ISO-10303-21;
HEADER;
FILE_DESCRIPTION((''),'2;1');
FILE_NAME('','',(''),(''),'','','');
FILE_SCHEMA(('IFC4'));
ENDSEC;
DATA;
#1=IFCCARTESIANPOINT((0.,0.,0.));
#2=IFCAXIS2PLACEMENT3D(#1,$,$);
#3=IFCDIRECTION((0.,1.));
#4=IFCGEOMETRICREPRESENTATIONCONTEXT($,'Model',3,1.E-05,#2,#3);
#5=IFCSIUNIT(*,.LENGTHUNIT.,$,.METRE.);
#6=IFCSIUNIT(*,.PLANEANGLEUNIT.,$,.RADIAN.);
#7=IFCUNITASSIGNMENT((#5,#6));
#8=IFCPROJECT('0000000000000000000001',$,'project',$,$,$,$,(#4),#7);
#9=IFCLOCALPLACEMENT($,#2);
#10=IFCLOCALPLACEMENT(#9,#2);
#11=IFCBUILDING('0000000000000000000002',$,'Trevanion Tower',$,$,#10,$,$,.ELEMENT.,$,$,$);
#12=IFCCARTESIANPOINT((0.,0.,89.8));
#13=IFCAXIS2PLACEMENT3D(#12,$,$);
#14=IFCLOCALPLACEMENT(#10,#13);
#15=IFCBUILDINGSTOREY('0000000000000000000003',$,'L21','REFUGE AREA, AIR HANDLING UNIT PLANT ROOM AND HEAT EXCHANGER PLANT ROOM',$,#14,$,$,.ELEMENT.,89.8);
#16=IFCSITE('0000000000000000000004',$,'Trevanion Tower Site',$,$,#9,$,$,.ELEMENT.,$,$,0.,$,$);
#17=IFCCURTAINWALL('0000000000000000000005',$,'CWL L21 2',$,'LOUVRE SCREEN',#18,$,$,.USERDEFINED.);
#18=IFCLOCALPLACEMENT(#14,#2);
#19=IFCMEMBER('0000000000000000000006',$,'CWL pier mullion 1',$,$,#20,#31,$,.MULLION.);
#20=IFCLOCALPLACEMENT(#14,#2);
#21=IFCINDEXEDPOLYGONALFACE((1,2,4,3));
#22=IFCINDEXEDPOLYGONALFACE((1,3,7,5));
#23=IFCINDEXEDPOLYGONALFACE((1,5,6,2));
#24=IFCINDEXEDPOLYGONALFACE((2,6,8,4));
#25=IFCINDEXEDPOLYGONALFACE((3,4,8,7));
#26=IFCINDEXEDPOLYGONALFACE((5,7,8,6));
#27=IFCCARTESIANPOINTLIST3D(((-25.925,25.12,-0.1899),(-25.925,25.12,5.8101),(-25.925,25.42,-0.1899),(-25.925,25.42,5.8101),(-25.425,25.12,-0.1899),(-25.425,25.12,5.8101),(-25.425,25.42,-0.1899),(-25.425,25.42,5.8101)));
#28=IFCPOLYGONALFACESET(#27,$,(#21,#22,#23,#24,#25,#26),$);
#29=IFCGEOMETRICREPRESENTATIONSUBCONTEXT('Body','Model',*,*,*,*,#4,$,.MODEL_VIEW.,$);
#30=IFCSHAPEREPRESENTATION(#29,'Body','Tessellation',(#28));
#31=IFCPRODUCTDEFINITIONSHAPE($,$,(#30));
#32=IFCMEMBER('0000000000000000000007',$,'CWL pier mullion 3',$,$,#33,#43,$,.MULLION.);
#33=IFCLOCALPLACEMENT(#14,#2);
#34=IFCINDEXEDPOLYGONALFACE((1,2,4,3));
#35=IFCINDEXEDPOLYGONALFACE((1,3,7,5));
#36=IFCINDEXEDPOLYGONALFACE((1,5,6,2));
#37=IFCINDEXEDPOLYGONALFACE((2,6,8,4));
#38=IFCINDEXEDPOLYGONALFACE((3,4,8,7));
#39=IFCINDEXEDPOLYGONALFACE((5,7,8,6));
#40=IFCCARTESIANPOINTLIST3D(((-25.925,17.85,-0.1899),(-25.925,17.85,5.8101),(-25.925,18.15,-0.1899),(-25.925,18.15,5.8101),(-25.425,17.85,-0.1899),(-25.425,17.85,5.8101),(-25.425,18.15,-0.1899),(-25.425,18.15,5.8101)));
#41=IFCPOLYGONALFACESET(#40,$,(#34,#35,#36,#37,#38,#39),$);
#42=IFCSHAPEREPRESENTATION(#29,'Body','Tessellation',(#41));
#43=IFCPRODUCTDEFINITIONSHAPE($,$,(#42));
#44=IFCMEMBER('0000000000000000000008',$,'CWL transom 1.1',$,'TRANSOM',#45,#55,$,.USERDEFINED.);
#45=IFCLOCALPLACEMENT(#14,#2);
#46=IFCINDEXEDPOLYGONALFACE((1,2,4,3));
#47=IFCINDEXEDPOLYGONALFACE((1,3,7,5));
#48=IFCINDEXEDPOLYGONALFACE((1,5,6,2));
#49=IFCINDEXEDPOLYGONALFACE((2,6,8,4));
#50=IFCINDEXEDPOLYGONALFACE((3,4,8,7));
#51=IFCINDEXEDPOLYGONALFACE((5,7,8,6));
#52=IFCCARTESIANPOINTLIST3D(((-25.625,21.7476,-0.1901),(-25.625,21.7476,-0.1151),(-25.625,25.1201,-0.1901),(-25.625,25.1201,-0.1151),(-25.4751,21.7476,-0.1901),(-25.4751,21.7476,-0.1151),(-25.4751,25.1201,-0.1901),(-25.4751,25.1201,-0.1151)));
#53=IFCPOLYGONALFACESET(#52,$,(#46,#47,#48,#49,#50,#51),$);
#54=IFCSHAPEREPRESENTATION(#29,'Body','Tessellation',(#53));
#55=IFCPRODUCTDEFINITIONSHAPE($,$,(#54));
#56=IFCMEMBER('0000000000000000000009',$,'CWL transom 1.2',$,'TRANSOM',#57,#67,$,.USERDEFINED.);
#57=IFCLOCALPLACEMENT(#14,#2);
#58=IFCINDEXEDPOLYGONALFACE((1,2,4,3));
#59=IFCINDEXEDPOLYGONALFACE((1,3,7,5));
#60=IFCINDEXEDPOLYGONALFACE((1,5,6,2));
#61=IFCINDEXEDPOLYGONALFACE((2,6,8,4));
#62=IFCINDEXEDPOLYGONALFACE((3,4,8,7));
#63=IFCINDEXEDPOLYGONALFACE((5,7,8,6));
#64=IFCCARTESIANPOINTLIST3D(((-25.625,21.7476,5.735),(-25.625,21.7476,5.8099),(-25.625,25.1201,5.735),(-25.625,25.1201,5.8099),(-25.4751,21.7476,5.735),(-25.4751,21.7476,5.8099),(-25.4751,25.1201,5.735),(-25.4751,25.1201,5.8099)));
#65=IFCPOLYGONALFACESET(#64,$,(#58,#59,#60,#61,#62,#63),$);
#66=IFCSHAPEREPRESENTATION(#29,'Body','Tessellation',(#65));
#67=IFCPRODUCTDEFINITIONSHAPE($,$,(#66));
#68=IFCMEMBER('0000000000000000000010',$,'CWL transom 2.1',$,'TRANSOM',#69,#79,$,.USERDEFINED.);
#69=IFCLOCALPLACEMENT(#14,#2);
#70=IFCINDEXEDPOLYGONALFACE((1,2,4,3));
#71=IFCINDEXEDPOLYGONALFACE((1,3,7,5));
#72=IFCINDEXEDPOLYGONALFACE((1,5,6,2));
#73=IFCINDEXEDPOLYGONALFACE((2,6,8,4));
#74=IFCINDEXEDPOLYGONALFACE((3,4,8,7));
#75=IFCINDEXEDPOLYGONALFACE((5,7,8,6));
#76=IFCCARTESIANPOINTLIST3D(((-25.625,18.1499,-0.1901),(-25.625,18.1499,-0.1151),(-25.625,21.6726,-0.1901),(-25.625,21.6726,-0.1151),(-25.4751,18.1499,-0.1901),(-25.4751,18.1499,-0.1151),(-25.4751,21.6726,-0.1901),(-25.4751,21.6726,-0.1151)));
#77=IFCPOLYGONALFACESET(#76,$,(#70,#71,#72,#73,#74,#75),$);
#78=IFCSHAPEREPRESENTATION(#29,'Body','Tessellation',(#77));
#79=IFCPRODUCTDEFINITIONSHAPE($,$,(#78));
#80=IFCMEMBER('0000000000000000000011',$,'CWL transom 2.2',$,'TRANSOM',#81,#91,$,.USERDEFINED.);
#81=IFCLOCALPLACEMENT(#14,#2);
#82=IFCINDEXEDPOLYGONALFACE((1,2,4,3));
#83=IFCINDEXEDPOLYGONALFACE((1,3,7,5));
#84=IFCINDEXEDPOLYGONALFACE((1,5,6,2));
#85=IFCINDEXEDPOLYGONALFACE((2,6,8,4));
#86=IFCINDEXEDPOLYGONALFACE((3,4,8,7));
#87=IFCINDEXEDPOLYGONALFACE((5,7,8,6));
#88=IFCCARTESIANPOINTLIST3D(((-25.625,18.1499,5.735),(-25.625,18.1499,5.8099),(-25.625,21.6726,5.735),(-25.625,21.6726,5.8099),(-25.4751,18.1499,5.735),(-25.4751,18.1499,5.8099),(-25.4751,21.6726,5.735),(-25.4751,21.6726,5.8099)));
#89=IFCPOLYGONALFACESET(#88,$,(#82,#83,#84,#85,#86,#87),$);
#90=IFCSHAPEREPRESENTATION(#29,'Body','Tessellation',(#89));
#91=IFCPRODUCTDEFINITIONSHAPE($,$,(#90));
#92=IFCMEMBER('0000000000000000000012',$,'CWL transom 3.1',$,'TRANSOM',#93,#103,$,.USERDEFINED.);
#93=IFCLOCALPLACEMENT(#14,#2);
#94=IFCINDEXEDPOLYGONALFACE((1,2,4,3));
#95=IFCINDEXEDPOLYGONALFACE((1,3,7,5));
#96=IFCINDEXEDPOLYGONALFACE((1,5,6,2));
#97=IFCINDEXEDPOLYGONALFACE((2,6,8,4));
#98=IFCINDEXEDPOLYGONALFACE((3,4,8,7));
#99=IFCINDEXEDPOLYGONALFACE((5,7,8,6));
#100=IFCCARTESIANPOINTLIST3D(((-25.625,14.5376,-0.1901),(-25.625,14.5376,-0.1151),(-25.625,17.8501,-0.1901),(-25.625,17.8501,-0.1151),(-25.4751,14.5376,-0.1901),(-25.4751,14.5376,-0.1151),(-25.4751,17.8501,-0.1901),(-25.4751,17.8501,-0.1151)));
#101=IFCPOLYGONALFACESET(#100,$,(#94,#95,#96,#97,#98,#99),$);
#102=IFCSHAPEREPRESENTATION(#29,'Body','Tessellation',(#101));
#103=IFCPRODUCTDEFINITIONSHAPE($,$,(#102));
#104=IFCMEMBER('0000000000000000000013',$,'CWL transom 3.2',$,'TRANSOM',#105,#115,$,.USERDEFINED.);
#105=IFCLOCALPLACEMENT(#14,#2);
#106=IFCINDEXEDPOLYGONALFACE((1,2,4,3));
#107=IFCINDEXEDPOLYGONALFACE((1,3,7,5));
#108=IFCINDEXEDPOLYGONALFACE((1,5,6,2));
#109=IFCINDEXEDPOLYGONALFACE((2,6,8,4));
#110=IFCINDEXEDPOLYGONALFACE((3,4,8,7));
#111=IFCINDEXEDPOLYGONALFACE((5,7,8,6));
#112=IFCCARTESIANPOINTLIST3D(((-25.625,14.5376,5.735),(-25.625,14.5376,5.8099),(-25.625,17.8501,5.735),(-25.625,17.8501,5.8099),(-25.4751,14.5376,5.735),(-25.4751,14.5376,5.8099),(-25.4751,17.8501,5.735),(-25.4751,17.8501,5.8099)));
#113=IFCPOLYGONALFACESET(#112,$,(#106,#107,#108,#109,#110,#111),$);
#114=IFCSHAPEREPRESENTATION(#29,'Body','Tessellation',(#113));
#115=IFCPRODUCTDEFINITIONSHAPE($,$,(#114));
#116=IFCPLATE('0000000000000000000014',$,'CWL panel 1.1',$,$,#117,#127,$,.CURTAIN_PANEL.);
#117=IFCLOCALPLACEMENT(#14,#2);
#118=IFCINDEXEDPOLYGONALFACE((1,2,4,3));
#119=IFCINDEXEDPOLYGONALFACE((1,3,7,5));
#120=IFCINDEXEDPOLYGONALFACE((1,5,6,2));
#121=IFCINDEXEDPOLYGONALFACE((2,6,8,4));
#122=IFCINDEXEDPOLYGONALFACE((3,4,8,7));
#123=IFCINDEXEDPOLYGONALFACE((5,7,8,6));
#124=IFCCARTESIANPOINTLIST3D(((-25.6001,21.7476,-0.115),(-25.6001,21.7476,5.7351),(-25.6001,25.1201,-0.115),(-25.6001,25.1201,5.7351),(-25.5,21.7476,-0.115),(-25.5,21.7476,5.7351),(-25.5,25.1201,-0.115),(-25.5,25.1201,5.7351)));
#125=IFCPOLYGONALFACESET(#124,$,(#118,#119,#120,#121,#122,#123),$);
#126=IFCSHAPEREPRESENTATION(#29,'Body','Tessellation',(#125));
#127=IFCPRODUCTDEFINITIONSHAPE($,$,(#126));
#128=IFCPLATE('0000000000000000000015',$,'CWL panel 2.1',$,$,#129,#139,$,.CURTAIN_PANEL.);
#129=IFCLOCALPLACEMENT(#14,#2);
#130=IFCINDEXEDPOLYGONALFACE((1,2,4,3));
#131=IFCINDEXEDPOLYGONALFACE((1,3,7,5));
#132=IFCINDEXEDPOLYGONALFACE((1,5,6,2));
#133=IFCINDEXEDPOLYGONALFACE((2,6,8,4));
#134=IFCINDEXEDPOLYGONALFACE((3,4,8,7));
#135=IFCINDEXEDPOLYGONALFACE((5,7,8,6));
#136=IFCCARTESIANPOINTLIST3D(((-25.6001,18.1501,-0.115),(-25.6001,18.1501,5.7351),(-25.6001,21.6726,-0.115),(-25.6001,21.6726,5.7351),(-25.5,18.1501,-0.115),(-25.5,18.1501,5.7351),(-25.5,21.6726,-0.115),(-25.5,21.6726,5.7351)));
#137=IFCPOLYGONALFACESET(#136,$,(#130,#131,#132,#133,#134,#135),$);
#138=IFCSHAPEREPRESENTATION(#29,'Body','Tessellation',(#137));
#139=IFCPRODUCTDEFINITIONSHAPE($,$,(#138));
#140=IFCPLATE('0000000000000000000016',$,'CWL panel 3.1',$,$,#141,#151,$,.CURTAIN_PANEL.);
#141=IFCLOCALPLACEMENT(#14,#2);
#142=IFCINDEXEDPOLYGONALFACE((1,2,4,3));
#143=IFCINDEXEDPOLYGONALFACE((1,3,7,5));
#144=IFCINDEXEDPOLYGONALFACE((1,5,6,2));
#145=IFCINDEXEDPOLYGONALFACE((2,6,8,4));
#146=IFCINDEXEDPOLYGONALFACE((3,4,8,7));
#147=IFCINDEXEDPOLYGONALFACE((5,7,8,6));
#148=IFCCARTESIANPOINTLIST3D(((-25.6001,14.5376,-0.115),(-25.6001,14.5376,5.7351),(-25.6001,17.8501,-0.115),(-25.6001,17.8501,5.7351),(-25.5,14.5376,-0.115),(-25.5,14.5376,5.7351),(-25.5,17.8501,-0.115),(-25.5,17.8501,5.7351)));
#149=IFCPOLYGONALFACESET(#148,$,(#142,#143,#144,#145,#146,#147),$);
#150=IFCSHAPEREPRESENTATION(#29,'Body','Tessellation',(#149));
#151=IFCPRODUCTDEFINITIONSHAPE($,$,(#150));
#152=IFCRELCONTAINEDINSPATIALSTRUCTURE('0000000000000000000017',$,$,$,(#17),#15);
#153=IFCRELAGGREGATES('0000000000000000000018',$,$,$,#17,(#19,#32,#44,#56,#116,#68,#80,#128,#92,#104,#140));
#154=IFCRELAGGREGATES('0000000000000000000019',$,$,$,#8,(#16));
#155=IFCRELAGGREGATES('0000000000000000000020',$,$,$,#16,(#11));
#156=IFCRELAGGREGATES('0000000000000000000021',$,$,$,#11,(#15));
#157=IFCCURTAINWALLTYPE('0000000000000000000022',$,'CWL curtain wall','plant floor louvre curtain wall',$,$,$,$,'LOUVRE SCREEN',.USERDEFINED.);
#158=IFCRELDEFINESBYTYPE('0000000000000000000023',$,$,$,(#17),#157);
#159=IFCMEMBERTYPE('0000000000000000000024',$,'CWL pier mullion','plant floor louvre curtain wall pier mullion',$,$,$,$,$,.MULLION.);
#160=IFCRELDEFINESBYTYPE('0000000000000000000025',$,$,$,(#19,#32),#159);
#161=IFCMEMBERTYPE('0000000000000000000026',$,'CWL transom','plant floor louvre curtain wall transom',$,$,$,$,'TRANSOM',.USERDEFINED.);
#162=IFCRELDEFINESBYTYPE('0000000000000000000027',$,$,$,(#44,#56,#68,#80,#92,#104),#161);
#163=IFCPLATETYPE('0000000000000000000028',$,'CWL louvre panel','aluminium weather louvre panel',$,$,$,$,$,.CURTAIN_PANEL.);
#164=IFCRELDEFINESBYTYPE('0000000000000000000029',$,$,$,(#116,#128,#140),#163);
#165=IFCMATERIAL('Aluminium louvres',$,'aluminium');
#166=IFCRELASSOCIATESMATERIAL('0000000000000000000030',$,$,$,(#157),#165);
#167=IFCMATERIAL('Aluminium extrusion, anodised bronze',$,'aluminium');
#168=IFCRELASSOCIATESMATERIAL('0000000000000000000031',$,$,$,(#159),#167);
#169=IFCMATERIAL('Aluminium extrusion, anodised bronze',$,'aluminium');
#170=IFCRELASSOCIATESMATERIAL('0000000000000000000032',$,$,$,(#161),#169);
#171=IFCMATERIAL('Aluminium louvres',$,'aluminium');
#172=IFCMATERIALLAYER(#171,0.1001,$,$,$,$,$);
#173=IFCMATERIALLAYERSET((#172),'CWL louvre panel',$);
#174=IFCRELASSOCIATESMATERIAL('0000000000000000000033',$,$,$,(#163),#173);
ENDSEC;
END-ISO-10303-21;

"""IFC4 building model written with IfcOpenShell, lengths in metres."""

from ifc_helpers import new_model, si_unit, direction, frame, origin, origin_2d, place, context, subcontext, project, spatial, rectangle, extrude, material, layer, layer_set, material_profile, profile_set, type_object, element, aggregate, save


model = new_model("IFC4")

# Units and contexts
model_context = context("Model", 3, precision=1e-05, world=origin(), true_north=direction((0.0, 1.0)))
body_context = subcontext(model_context, "Body", "Model", "MODEL_VIEW")
ifc_project = project(units=[si_unit("LENGTHUNIT", "METRE"), si_unit("PLANEANGLEUNIT", "RADIAN")], contexts=[model_context])

# Site, building, storey
site_placement = place(None, origin())
site = spatial("IfcSite", under=ifc_project, at=site_placement, Name="Trevanion Tower Site", CompositionType="ELEMENT", RefElevation=0.0)
building_placement = place(site_placement, origin())
building = spatial("IfcBuilding", under=site, at=building_placement, Name="Trevanion Tower", CompositionType="ELEMENT")
storey_placement = place(building_placement, frame((0.0, 0.0, 89.8)))
storey = spatial("IfcBuildingStorey", under=building, at=storey_placement, Name="L21", Description="REFUGE AREA, AIR HANDLING UNIT PLANT ROOM AND HEAT EXCHANGER PLANT ROOM", CompositionType="ELEMENT", Elevation=89.8)

# Curtain wall
ifc_material_1 = material(Name="Aluminium louvres", Category="aluminium")
curtain_wall_type = type_object("IfcCurtainWallType", Name="CWL curtain wall", Description="plant floor louvre curtain wall", ElementType="LOUVRE SCREEN", PredefinedType="USERDEFINED", material=ifc_material_1)
curtain_wall_1_placement = place(storey_placement, origin())
curtain_wall_1 = element("IfcCurtainWall", 1, at=curtain_wall_1_placement, inside=storey, type_object=curtain_wall_type, Name="CWL L21 2", ObjectType="LOUVRE SCREEN", PredefinedType="USERDEFINED")
ifc_material_2 = material(Name="Aluminium extrusion, anodised bronze", Category="aluminium")
ifc_material_profile_1 = material_profile(ifc_material_2, rectangle(XDim=0.3, YDim=0.5, at=origin_2d()), Name="CWL pier mullion")
ifc_profile_set_1 = profile_set([ifc_material_profile_1], Name="Aluminium extrusion, anodised bronze")
member_type_1 = type_object("IfcMemberType", Name="CWL pier mullion", Description="plant floor louvre curtain wall pier mullion", PredefinedType="MULLION", material=ifc_profile_set_1)

# Members
member_1_placement = place(storey_placement, frame((-25.675, 25.27, -0.1899), z_axis=(0.0, 0.0, 1.0), x_axis=(0.0, -1.0, 0.0)))
member_1 = element("IfcMember", 2, at=member_1_placement, type_object=member_type_1, Name="CWL pier mullion 1", PredefinedType="MULLION", context=body_context, shape_type="SweptSolid", body=[
    extrude(rectangle(XDim=0.3, YDim=0.5, at=origin_2d()), origin(), (0.0, 0.0, 1.0), 6.0),
])
member_2_placement = place(storey_placement, frame((-25.675, 18.0, -0.1899), z_axis=(0.0, 0.0, 1.0), x_axis=(0.0, -1.0, 0.0)))
member_2 = element("IfcMember", 3, at=member_2_placement, type_object=member_type_1, Name="CWL pier mullion 3", PredefinedType="MULLION", context=body_context, shape_type="SweptSolid", body=[
    extrude(rectangle(XDim=0.3, YDim=0.5, at=origin_2d()), origin(), (0.0, 0.0, 1.0), 6.0),
])
ifc_material_3 = material(Name="Aluminium extrusion, anodised bronze", Category="aluminium")
ifc_material_profile_2 = material_profile(ifc_material_3, rectangle(XDim=0.1499, YDim=0.075, at=origin_2d()), Name="CWL transom")
ifc_profile_set_2 = profile_set([ifc_material_profile_2], Name="Aluminium extrusion, anodised bronze")
member_type_2 = type_object("IfcMemberType", Name="CWL transom", Description="plant floor louvre curtain wall transom", ElementType="TRANSOM", PredefinedType="USERDEFINED", material=ifc_profile_set_2)
member_3_placement = place(storey_placement, frame((-25.55, 25.1201, -0.1526), z_axis=(0.0, -1.0, 0.0), x_axis=(1.0, 0.0, 0.0)))
member_3 = element("IfcMember", 4, at=member_3_placement, type_object=member_type_2, Name="CWL transom 1.1", ObjectType="TRANSOM", PredefinedType="USERDEFINED", context=body_context, shape_type="SweptSolid", body=[
    extrude(rectangle(XDim=0.1499, YDim=0.075, at=origin_2d()), origin(), (0.0, 0.0, 1.0), 3.3726),
])
member_4_placement = place(storey_placement, frame((-25.55, 25.1201, 5.7725), z_axis=(0.0, -1.0, 0.0), x_axis=(1.0, 0.0, 0.0)))
member_4 = element("IfcMember", 5, at=member_4_placement, type_object=member_type_2, Name="CWL transom 1.2", ObjectType="TRANSOM", PredefinedType="USERDEFINED", context=body_context, shape_type="SweptSolid", body=[
    extrude(rectangle(XDim=0.1499, YDim=0.075, at=origin_2d()), origin(), (0.0, 0.0, 1.0), 3.3726),
])
member_5_placement = place(storey_placement, frame((-25.55, 21.6726, -0.1526), z_axis=(0.0, -1.0, 0.0), x_axis=(1.0, 0.0, 0.0)))
member_5 = element("IfcMember", 6, at=member_5_placement, type_object=member_type_2, Name="CWL transom 2.1", ObjectType="TRANSOM", PredefinedType="USERDEFINED", context=body_context, shape_type="SweptSolid", body=[
    extrude(rectangle(XDim=0.1499, YDim=0.075, at=origin_2d()), origin(), (0.0, 0.0, 1.0), 3.5227),
])
member_6_placement = place(storey_placement, frame((-25.55, 21.6726, 5.7725), z_axis=(0.0, -1.0, 0.0), x_axis=(1.0, 0.0, 0.0)))
member_6 = element("IfcMember", 7, at=member_6_placement, type_object=member_type_2, Name="CWL transom 2.2", ObjectType="TRANSOM", PredefinedType="USERDEFINED", context=body_context, shape_type="SweptSolid", body=[
    extrude(rectangle(XDim=0.1499, YDim=0.075, at=origin_2d()), origin(), (0.0, 0.0, 1.0), 3.5227),
])
member_7_placement = place(storey_placement, frame((-25.55, 17.8501, -0.1526), z_axis=(0.0, -1.0, 0.0), x_axis=(1.0, 0.0, 0.0)))
member_7 = element("IfcMember", 8, at=member_7_placement, type_object=member_type_2, Name="CWL transom 3.1", ObjectType="TRANSOM", PredefinedType="USERDEFINED", context=body_context, shape_type="SweptSolid", body=[
    extrude(rectangle(XDim=0.1499, YDim=0.075, at=origin_2d()), origin(), (0.0, 0.0, 1.0), 3.3125),
])
member_8_placement = place(storey_placement, frame((-25.55, 17.8501, 5.7725), z_axis=(0.0, -1.0, 0.0), x_axis=(1.0, 0.0, 0.0)))
member_8 = element("IfcMember", 9, at=member_8_placement, type_object=member_type_2, Name="CWL transom 3.2", ObjectType="TRANSOM", PredefinedType="USERDEFINED", context=body_context, shape_type="SweptSolid", body=[
    extrude(rectangle(XDim=0.1499, YDim=0.075, at=origin_2d()), origin(), (0.0, 0.0, 1.0), 3.3125),
])

# Plates
ifc_material_4 = material(Name="Aluminium louvres", Category="aluminium")
ifc_layer = layer(ifc_material_4, 0.1001)
ifc_layer_set = layer_set([ifc_layer], Name="CWL louvre panel")
plate_type = type_object("IfcPlateType", Name="CWL louvre panel", Description="aluminium weather louvre panel", PredefinedType="CURTAIN_PANEL", material=ifc_layer_set)
plate_1_placement = place(storey_placement, frame((-25.55, 23.4338, -0.115), z_axis=(0.0, 0.0, 1.0), x_axis=(0.0, -1.0, 0.0)))
plate_1 = element("IfcPlate", 10, at=plate_1_placement, type_object=plate_type, Name="CWL panel 1.1", PredefinedType="CURTAIN_PANEL", context=body_context, shape_type="SweptSolid", body=[
    extrude(rectangle(XDim=3.3726, YDim=0.1001, at=origin_2d()), origin(), (0.0, 0.0, 1.0), 5.8501),
])
plate_2_placement = place(storey_placement, frame((-25.55, 19.9114, -0.115), z_axis=(0.0, 0.0, 1.0), x_axis=(0.0, -1.0, 0.0)))
plate_2 = element("IfcPlate", 11, at=plate_2_placement, type_object=plate_type, Name="CWL panel 2.1", PredefinedType="CURTAIN_PANEL", context=body_context, shape_type="SweptSolid", body=[
    extrude(rectangle(XDim=3.5225, YDim=0.1001, at=origin_2d()), origin(), (0.0, 0.0, 1.0), 5.8501),
])
plate_3_placement = place(storey_placement, frame((-25.55, 16.1938, -0.115), z_axis=(0.0, 0.0, 1.0), x_axis=(0.0, -1.0, 0.0)))
plate_3 = element("IfcPlate", 12, at=plate_3_placement, type_object=plate_type, Name="CWL panel 3.1", PredefinedType="CURTAIN_PANEL", context=body_context, shape_type="SweptSolid", body=[
    extrude(rectangle(XDim=3.3125, YDim=0.1001, at=origin_2d()), origin(), (0.0, 0.0, 1.0), 5.8501),
])
aggregate(curtain_wall_1, [member_1, member_2, member_3, member_4, plate_1, member_5, member_6, plate_2, member_7, member_8, plate_3])

save(model, "model.ifc")
